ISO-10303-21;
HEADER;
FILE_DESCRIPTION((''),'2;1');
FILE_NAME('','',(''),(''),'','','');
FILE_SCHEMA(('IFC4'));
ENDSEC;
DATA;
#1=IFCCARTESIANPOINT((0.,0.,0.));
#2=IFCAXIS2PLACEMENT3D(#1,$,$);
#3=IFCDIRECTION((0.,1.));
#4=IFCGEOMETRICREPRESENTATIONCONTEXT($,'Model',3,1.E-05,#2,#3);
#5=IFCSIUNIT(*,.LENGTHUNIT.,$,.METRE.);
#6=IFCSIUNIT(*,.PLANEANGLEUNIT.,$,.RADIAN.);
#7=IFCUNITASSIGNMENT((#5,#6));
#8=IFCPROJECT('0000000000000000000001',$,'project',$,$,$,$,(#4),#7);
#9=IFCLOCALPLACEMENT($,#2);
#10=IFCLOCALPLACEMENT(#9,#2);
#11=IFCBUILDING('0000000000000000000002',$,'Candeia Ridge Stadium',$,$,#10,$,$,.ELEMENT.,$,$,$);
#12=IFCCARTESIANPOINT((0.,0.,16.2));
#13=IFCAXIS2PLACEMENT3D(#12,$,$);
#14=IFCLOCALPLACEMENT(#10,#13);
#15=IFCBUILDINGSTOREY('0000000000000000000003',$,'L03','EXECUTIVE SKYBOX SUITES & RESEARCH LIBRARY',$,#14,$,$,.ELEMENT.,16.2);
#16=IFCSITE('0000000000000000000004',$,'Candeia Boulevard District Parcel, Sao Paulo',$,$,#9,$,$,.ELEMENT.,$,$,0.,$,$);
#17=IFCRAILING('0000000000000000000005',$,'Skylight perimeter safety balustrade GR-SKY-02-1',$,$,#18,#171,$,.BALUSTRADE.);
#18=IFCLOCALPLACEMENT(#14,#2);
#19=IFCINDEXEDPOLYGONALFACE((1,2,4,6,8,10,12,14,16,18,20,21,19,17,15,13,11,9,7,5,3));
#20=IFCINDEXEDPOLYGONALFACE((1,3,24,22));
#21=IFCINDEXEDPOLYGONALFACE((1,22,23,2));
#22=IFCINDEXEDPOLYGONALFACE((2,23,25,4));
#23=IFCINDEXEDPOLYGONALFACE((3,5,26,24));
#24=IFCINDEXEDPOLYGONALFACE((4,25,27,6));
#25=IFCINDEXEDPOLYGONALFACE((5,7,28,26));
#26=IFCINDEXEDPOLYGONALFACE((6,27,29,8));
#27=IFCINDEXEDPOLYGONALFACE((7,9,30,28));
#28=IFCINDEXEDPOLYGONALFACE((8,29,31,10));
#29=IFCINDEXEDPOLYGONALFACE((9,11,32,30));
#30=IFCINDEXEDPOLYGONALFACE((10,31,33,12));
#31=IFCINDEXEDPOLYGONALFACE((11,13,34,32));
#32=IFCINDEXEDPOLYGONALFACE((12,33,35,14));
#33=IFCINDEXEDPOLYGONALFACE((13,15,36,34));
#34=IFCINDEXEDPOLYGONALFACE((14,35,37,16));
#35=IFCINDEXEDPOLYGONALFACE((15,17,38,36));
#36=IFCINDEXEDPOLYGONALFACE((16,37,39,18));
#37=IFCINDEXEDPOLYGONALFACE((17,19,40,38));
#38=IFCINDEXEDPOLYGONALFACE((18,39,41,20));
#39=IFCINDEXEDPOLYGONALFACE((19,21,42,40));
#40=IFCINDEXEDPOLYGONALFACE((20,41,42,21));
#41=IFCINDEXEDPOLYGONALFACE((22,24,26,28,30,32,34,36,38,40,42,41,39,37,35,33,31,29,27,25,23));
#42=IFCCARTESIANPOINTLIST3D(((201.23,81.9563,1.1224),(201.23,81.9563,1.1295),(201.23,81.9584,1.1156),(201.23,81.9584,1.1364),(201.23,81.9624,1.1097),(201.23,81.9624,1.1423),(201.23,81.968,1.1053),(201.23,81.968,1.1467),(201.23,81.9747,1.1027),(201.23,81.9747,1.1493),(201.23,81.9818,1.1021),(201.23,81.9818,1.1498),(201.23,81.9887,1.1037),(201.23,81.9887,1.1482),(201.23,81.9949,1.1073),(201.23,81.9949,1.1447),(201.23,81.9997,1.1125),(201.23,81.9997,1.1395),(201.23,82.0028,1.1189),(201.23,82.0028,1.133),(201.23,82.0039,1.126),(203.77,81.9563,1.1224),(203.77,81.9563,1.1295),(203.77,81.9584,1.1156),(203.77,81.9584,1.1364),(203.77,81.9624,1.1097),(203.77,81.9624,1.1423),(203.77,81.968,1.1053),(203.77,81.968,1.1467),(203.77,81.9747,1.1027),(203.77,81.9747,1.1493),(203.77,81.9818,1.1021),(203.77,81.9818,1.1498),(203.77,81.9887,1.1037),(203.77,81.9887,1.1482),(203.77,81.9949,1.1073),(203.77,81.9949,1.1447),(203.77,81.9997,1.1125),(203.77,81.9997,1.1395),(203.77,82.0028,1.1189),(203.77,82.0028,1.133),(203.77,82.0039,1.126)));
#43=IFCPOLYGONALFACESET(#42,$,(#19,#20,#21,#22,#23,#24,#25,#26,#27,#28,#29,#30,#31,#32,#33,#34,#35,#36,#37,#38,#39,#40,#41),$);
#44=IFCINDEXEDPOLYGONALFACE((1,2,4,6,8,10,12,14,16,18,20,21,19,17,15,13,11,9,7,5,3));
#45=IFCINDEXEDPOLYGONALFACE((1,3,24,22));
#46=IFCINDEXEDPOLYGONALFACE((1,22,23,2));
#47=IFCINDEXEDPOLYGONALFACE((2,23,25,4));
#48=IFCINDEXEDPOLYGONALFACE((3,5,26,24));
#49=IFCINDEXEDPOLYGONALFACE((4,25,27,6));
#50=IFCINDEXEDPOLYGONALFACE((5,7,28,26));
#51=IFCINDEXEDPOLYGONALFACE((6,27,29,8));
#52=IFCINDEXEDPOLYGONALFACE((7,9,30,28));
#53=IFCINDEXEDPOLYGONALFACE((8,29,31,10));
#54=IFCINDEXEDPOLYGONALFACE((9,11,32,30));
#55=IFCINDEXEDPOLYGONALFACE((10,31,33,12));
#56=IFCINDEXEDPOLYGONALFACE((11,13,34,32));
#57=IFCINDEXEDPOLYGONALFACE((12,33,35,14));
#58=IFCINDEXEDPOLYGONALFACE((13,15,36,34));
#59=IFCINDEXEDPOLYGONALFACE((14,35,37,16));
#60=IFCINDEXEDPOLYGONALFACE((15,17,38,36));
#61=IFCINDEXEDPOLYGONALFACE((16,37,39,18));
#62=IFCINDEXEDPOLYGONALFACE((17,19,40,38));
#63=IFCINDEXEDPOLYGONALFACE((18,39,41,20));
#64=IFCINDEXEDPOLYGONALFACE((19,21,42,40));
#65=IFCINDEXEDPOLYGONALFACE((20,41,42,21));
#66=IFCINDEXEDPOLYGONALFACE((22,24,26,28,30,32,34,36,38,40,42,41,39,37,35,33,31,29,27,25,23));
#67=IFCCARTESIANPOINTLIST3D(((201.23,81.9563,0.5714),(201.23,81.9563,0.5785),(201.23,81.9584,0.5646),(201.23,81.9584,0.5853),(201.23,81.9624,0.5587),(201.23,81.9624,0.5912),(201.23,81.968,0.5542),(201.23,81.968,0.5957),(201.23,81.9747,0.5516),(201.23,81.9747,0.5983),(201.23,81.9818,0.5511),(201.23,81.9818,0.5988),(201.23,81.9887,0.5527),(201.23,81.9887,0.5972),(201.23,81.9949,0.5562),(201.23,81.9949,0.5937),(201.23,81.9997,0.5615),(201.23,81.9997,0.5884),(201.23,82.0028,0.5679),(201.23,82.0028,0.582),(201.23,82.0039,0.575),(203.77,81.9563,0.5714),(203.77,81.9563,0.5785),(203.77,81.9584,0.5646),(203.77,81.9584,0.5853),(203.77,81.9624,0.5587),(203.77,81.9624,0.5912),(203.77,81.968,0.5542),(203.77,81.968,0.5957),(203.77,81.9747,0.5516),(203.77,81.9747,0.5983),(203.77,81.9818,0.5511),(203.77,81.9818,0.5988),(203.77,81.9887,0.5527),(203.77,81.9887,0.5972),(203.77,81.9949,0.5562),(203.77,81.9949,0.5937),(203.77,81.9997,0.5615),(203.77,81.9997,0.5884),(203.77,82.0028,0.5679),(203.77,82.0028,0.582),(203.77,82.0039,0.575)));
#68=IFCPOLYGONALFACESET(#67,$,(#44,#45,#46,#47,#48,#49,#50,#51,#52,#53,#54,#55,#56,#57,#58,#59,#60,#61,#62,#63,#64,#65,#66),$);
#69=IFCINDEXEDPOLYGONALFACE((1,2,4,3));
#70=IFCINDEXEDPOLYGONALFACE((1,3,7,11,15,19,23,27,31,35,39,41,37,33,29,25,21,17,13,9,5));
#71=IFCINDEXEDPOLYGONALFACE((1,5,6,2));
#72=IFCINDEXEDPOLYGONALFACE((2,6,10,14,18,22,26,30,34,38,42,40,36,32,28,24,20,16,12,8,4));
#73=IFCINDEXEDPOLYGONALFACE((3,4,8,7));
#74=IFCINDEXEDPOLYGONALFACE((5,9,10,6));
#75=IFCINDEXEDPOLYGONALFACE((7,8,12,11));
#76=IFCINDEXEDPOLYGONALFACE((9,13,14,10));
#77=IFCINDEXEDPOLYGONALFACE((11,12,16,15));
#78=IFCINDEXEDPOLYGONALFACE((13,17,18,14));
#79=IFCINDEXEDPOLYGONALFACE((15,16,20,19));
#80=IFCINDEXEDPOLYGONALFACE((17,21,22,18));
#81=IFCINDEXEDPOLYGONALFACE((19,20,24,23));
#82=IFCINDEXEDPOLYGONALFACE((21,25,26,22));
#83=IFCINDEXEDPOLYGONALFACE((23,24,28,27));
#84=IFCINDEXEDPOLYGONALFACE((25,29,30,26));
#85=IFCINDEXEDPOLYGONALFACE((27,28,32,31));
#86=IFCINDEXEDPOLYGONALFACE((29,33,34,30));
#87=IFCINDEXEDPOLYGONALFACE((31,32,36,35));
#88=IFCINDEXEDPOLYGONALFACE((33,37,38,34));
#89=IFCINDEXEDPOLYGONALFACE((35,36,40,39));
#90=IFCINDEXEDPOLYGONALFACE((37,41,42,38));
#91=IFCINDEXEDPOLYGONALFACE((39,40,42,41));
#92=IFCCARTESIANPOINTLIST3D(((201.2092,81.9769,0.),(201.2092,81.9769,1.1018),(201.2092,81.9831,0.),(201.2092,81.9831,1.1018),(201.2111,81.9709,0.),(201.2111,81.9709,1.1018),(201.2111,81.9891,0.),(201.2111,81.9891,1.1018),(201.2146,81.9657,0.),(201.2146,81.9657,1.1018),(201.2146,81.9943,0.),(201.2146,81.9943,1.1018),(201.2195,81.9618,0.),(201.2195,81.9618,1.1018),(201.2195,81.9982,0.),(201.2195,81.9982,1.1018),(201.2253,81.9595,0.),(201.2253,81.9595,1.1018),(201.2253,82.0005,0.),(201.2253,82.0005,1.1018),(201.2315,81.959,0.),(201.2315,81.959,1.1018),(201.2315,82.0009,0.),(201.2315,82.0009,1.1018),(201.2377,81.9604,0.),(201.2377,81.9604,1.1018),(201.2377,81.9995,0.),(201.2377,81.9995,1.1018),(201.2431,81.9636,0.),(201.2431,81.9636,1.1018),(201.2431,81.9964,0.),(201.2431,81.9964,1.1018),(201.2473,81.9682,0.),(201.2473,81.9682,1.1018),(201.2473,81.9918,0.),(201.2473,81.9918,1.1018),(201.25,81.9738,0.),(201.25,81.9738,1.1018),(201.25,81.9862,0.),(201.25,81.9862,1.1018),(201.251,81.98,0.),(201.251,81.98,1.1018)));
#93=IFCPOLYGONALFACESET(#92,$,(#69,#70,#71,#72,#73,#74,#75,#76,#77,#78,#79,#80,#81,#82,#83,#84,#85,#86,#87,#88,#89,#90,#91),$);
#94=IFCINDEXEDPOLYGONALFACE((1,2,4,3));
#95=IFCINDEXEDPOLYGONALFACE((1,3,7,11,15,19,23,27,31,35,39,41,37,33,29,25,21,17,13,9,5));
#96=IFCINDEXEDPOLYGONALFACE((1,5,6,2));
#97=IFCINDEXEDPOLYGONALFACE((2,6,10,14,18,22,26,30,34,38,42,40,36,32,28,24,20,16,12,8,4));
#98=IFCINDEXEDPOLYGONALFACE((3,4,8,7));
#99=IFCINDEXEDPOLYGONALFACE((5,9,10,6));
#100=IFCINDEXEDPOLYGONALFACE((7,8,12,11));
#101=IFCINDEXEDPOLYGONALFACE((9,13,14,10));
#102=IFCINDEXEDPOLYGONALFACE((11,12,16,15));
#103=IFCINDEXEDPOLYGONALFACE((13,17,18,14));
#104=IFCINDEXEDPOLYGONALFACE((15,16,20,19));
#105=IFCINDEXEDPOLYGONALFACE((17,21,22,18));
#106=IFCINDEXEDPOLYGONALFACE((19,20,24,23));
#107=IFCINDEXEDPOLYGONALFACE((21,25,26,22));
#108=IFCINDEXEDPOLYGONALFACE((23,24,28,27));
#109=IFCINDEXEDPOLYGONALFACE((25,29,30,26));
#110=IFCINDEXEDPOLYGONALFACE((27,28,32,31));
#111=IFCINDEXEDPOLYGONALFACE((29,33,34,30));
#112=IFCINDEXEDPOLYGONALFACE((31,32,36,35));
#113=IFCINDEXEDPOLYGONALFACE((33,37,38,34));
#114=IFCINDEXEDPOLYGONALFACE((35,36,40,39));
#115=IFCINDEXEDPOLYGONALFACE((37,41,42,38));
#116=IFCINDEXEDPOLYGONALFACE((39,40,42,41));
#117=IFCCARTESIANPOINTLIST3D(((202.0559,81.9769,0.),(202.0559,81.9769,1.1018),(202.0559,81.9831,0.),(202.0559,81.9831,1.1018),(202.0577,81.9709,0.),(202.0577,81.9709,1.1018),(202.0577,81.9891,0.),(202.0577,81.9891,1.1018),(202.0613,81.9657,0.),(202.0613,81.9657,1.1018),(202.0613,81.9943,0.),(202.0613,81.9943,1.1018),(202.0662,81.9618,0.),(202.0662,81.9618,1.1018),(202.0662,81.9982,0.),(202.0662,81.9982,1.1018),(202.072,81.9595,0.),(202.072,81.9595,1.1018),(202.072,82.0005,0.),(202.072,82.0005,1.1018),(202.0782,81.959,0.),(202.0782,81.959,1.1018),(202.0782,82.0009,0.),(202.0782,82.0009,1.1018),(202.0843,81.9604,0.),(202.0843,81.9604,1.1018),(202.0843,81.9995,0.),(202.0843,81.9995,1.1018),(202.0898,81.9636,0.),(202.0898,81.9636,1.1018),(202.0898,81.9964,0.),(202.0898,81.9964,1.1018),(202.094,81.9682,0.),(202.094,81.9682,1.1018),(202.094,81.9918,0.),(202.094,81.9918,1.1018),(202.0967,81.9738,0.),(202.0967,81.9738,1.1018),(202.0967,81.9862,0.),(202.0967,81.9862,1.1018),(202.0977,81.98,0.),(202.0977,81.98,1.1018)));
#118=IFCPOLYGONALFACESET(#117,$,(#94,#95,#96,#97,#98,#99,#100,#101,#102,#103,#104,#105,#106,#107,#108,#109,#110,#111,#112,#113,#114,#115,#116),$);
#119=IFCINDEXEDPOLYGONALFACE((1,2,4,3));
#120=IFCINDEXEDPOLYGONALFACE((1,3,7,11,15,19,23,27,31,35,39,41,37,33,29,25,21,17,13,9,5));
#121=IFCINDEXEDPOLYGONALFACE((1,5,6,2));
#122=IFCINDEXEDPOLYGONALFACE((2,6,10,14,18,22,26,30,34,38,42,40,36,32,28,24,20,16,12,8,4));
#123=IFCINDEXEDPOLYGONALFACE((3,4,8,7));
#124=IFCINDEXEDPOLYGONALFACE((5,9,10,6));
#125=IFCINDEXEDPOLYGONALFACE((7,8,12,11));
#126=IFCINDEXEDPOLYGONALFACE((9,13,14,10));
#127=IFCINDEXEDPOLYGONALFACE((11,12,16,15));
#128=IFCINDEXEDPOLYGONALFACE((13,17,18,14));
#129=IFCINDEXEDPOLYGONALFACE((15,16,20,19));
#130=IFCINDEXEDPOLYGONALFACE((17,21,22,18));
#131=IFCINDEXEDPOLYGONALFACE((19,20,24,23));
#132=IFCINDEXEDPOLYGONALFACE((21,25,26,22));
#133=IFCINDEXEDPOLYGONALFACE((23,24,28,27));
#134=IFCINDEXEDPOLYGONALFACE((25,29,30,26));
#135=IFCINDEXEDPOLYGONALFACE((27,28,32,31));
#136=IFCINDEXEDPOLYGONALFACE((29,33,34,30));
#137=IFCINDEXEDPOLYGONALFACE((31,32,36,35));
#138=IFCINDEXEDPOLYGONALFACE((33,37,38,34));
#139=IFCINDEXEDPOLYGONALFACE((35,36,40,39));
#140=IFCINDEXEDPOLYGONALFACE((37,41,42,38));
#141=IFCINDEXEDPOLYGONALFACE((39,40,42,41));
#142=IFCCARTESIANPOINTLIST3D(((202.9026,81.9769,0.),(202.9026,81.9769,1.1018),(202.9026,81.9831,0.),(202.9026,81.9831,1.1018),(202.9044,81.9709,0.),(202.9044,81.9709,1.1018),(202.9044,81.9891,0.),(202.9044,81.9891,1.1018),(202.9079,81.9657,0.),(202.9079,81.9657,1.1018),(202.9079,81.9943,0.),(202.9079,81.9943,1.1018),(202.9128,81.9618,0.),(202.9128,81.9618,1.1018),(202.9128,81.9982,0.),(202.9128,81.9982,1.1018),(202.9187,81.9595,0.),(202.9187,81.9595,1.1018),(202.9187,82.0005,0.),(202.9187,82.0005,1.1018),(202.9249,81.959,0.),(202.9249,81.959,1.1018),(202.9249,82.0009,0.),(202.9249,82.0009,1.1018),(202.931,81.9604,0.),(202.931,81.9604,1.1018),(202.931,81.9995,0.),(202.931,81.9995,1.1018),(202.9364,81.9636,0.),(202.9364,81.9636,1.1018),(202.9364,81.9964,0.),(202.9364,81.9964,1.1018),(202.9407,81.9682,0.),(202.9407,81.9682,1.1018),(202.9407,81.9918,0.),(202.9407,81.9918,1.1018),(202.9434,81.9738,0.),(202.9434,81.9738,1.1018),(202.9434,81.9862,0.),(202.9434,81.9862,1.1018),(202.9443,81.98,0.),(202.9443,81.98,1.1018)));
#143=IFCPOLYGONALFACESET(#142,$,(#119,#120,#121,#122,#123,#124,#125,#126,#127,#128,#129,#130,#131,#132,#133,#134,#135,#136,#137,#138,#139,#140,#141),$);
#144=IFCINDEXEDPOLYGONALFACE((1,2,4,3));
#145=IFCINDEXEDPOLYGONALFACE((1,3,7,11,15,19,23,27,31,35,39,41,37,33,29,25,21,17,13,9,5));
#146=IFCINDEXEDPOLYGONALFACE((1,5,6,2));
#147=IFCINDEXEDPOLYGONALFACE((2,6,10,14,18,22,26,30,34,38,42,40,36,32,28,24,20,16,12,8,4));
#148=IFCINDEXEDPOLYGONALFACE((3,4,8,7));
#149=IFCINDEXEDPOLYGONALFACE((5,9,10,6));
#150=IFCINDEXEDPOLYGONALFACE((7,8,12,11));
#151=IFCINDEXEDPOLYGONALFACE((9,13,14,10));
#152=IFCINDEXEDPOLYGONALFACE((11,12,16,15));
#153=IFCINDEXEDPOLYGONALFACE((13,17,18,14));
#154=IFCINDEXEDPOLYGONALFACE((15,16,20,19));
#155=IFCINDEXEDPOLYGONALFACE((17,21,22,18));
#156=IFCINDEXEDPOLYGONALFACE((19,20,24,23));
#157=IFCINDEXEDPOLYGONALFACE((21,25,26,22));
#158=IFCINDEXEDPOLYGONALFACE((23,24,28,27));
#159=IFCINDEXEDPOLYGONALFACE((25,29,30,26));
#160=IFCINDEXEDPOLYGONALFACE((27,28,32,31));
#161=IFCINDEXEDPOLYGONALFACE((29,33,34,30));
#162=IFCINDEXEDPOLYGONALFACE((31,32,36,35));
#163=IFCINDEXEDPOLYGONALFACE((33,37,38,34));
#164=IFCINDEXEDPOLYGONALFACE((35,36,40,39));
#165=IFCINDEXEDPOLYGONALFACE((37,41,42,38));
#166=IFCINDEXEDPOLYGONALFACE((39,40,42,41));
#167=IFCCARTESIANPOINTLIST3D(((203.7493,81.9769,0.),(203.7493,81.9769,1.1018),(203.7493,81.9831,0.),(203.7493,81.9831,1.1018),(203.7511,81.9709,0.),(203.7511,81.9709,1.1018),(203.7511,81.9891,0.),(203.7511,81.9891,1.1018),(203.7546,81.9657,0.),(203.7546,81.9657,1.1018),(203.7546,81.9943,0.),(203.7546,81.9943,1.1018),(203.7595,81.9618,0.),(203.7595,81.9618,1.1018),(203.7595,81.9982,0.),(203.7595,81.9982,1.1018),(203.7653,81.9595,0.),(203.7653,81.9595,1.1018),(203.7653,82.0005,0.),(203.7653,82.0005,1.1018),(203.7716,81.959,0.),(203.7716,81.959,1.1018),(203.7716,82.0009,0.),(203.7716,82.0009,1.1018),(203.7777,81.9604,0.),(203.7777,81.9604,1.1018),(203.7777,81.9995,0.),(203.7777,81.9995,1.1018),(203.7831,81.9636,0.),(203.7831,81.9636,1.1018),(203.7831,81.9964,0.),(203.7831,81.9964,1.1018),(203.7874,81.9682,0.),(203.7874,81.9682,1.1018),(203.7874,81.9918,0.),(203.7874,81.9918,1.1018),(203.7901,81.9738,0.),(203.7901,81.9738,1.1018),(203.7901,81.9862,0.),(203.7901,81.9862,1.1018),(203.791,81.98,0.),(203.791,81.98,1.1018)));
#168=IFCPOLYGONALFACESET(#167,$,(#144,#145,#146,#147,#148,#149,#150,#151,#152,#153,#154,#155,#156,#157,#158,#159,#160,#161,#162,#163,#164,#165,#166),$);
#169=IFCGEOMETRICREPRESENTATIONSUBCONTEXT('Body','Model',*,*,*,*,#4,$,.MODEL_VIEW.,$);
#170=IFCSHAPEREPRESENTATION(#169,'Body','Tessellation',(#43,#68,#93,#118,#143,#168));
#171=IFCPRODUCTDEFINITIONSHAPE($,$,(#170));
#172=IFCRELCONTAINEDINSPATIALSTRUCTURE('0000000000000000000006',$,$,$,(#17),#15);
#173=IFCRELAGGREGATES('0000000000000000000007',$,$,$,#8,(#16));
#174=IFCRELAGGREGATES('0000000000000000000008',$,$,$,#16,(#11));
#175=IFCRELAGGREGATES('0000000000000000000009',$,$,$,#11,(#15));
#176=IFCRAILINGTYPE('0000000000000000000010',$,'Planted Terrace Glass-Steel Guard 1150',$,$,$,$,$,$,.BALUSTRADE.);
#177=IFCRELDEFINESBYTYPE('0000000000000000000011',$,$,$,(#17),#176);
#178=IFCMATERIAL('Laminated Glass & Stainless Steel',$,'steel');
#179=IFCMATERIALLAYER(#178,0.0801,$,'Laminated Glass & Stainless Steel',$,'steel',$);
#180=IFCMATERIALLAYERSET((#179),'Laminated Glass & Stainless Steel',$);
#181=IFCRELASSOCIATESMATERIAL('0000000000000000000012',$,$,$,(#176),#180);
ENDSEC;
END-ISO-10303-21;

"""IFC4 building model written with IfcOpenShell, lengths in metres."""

from ifc_helpers import new_model, si_unit, direction, frame, origin, origin_2d, place, context, subcontext, project, spatial, circle, extrude, material, layer, layer_set, type_object, element, save


model = new_model("IFC4")

# Units and contexts
model_context = context("Model", 3, precision=1e-05, world=origin(), true_north=direction((0.0, 1.0)))
body_context = subcontext(model_context, "Body", "Model", "MODEL_VIEW")
ifc_project = project(units=[si_unit("LENGTHUNIT", "METRE"), si_unit("PLANEANGLEUNIT", "RADIAN")], contexts=[model_context])

# Site, building, storey
site_placement = place(None, origin())
site = spatial("IfcSite", under=ifc_project, at=site_placement, Name="Candeia Boulevard District Parcel, Sao Paulo", CompositionType="ELEMENT", RefElevation=0.0)
building_placement = place(site_placement, origin())
building = spatial("IfcBuilding", under=site, at=building_placement, Name="Candeia Ridge Stadium", CompositionType="ELEMENT")
storey_placement = place(building_placement, frame((0.0, 0.0, 16.2)))
storey = spatial("IfcBuildingStorey", under=building, at=storey_placement, Name="L03", Description="EXECUTIVE SKYBOX SUITES & RESEARCH LIBRARY", CompositionType="ELEMENT", Elevation=16.2)

# Railing
ifc_material_1 = material(Name="Laminated Glass & Stainless Steel", Category="steel")
ifc_layer_1 = layer(ifc_material_1, 0.0801, Name="Laminated Glass & Stainless Steel", Category="steel")
ifc_layer_set_1 = layer_set([ifc_layer_1], Name="Laminated Glass & Stainless Steel")
railing_type = type_object("IfcRailingType", Name="Planted Terrace Glass-Steel Guard 1150", PredefinedType="BALUSTRADE", material=ifc_layer_set_1)
railing_1_placement = place(storey_placement, frame((201.23, 81.98, 0.0)))
element("IfcRailing", 1, at=railing_1_placement, inside=storey, type_object=railing_type, Name="Skylight perimeter safety balustrade GR-SKY-02-1", PredefinedType="BALUSTRADE", context=body_context, shape_type="SweptSolid", body=[
    extrude(circle(Radius=0.0239, at=origin_2d()), frame((0.0, 0.0, 1.126), z_axis=(1.0, 0.0, 0.0), x_axis=(0.0, 1.0, 0.0)), (0.0, 0.0, 1.0), 2.54),
    extrude(circle(Radius=0.0239, at=origin_2d()), frame((0.0, 0.0, 0.575), z_axis=(1.0, 0.0, 0.0), x_axis=(0.0, 1.0, 0.0)), (0.0, 0.0, 1.0), 2.54),
    extrude(circle(Radius=0.021, at=origin_2d()), origin(), (0.0, 0.0, 1.0), 1.1018),
    extrude(circle(Radius=0.021, at=origin_2d()), frame((0.8467, 0.0, 0.0)), (0.0, 0.0, 1.0), 1.1018),
    extrude(circle(Radius=0.021, at=origin_2d()), frame((1.6934, 0.0, 0.0)), (0.0, 0.0, 1.0), 1.1018),
    extrude(circle(Radius=0.021, at=origin_2d()), frame((2.54, 0.0, 0.0)), (0.0, 0.0, 1.0), 1.1018),
])

save(model, "model.ifc")
